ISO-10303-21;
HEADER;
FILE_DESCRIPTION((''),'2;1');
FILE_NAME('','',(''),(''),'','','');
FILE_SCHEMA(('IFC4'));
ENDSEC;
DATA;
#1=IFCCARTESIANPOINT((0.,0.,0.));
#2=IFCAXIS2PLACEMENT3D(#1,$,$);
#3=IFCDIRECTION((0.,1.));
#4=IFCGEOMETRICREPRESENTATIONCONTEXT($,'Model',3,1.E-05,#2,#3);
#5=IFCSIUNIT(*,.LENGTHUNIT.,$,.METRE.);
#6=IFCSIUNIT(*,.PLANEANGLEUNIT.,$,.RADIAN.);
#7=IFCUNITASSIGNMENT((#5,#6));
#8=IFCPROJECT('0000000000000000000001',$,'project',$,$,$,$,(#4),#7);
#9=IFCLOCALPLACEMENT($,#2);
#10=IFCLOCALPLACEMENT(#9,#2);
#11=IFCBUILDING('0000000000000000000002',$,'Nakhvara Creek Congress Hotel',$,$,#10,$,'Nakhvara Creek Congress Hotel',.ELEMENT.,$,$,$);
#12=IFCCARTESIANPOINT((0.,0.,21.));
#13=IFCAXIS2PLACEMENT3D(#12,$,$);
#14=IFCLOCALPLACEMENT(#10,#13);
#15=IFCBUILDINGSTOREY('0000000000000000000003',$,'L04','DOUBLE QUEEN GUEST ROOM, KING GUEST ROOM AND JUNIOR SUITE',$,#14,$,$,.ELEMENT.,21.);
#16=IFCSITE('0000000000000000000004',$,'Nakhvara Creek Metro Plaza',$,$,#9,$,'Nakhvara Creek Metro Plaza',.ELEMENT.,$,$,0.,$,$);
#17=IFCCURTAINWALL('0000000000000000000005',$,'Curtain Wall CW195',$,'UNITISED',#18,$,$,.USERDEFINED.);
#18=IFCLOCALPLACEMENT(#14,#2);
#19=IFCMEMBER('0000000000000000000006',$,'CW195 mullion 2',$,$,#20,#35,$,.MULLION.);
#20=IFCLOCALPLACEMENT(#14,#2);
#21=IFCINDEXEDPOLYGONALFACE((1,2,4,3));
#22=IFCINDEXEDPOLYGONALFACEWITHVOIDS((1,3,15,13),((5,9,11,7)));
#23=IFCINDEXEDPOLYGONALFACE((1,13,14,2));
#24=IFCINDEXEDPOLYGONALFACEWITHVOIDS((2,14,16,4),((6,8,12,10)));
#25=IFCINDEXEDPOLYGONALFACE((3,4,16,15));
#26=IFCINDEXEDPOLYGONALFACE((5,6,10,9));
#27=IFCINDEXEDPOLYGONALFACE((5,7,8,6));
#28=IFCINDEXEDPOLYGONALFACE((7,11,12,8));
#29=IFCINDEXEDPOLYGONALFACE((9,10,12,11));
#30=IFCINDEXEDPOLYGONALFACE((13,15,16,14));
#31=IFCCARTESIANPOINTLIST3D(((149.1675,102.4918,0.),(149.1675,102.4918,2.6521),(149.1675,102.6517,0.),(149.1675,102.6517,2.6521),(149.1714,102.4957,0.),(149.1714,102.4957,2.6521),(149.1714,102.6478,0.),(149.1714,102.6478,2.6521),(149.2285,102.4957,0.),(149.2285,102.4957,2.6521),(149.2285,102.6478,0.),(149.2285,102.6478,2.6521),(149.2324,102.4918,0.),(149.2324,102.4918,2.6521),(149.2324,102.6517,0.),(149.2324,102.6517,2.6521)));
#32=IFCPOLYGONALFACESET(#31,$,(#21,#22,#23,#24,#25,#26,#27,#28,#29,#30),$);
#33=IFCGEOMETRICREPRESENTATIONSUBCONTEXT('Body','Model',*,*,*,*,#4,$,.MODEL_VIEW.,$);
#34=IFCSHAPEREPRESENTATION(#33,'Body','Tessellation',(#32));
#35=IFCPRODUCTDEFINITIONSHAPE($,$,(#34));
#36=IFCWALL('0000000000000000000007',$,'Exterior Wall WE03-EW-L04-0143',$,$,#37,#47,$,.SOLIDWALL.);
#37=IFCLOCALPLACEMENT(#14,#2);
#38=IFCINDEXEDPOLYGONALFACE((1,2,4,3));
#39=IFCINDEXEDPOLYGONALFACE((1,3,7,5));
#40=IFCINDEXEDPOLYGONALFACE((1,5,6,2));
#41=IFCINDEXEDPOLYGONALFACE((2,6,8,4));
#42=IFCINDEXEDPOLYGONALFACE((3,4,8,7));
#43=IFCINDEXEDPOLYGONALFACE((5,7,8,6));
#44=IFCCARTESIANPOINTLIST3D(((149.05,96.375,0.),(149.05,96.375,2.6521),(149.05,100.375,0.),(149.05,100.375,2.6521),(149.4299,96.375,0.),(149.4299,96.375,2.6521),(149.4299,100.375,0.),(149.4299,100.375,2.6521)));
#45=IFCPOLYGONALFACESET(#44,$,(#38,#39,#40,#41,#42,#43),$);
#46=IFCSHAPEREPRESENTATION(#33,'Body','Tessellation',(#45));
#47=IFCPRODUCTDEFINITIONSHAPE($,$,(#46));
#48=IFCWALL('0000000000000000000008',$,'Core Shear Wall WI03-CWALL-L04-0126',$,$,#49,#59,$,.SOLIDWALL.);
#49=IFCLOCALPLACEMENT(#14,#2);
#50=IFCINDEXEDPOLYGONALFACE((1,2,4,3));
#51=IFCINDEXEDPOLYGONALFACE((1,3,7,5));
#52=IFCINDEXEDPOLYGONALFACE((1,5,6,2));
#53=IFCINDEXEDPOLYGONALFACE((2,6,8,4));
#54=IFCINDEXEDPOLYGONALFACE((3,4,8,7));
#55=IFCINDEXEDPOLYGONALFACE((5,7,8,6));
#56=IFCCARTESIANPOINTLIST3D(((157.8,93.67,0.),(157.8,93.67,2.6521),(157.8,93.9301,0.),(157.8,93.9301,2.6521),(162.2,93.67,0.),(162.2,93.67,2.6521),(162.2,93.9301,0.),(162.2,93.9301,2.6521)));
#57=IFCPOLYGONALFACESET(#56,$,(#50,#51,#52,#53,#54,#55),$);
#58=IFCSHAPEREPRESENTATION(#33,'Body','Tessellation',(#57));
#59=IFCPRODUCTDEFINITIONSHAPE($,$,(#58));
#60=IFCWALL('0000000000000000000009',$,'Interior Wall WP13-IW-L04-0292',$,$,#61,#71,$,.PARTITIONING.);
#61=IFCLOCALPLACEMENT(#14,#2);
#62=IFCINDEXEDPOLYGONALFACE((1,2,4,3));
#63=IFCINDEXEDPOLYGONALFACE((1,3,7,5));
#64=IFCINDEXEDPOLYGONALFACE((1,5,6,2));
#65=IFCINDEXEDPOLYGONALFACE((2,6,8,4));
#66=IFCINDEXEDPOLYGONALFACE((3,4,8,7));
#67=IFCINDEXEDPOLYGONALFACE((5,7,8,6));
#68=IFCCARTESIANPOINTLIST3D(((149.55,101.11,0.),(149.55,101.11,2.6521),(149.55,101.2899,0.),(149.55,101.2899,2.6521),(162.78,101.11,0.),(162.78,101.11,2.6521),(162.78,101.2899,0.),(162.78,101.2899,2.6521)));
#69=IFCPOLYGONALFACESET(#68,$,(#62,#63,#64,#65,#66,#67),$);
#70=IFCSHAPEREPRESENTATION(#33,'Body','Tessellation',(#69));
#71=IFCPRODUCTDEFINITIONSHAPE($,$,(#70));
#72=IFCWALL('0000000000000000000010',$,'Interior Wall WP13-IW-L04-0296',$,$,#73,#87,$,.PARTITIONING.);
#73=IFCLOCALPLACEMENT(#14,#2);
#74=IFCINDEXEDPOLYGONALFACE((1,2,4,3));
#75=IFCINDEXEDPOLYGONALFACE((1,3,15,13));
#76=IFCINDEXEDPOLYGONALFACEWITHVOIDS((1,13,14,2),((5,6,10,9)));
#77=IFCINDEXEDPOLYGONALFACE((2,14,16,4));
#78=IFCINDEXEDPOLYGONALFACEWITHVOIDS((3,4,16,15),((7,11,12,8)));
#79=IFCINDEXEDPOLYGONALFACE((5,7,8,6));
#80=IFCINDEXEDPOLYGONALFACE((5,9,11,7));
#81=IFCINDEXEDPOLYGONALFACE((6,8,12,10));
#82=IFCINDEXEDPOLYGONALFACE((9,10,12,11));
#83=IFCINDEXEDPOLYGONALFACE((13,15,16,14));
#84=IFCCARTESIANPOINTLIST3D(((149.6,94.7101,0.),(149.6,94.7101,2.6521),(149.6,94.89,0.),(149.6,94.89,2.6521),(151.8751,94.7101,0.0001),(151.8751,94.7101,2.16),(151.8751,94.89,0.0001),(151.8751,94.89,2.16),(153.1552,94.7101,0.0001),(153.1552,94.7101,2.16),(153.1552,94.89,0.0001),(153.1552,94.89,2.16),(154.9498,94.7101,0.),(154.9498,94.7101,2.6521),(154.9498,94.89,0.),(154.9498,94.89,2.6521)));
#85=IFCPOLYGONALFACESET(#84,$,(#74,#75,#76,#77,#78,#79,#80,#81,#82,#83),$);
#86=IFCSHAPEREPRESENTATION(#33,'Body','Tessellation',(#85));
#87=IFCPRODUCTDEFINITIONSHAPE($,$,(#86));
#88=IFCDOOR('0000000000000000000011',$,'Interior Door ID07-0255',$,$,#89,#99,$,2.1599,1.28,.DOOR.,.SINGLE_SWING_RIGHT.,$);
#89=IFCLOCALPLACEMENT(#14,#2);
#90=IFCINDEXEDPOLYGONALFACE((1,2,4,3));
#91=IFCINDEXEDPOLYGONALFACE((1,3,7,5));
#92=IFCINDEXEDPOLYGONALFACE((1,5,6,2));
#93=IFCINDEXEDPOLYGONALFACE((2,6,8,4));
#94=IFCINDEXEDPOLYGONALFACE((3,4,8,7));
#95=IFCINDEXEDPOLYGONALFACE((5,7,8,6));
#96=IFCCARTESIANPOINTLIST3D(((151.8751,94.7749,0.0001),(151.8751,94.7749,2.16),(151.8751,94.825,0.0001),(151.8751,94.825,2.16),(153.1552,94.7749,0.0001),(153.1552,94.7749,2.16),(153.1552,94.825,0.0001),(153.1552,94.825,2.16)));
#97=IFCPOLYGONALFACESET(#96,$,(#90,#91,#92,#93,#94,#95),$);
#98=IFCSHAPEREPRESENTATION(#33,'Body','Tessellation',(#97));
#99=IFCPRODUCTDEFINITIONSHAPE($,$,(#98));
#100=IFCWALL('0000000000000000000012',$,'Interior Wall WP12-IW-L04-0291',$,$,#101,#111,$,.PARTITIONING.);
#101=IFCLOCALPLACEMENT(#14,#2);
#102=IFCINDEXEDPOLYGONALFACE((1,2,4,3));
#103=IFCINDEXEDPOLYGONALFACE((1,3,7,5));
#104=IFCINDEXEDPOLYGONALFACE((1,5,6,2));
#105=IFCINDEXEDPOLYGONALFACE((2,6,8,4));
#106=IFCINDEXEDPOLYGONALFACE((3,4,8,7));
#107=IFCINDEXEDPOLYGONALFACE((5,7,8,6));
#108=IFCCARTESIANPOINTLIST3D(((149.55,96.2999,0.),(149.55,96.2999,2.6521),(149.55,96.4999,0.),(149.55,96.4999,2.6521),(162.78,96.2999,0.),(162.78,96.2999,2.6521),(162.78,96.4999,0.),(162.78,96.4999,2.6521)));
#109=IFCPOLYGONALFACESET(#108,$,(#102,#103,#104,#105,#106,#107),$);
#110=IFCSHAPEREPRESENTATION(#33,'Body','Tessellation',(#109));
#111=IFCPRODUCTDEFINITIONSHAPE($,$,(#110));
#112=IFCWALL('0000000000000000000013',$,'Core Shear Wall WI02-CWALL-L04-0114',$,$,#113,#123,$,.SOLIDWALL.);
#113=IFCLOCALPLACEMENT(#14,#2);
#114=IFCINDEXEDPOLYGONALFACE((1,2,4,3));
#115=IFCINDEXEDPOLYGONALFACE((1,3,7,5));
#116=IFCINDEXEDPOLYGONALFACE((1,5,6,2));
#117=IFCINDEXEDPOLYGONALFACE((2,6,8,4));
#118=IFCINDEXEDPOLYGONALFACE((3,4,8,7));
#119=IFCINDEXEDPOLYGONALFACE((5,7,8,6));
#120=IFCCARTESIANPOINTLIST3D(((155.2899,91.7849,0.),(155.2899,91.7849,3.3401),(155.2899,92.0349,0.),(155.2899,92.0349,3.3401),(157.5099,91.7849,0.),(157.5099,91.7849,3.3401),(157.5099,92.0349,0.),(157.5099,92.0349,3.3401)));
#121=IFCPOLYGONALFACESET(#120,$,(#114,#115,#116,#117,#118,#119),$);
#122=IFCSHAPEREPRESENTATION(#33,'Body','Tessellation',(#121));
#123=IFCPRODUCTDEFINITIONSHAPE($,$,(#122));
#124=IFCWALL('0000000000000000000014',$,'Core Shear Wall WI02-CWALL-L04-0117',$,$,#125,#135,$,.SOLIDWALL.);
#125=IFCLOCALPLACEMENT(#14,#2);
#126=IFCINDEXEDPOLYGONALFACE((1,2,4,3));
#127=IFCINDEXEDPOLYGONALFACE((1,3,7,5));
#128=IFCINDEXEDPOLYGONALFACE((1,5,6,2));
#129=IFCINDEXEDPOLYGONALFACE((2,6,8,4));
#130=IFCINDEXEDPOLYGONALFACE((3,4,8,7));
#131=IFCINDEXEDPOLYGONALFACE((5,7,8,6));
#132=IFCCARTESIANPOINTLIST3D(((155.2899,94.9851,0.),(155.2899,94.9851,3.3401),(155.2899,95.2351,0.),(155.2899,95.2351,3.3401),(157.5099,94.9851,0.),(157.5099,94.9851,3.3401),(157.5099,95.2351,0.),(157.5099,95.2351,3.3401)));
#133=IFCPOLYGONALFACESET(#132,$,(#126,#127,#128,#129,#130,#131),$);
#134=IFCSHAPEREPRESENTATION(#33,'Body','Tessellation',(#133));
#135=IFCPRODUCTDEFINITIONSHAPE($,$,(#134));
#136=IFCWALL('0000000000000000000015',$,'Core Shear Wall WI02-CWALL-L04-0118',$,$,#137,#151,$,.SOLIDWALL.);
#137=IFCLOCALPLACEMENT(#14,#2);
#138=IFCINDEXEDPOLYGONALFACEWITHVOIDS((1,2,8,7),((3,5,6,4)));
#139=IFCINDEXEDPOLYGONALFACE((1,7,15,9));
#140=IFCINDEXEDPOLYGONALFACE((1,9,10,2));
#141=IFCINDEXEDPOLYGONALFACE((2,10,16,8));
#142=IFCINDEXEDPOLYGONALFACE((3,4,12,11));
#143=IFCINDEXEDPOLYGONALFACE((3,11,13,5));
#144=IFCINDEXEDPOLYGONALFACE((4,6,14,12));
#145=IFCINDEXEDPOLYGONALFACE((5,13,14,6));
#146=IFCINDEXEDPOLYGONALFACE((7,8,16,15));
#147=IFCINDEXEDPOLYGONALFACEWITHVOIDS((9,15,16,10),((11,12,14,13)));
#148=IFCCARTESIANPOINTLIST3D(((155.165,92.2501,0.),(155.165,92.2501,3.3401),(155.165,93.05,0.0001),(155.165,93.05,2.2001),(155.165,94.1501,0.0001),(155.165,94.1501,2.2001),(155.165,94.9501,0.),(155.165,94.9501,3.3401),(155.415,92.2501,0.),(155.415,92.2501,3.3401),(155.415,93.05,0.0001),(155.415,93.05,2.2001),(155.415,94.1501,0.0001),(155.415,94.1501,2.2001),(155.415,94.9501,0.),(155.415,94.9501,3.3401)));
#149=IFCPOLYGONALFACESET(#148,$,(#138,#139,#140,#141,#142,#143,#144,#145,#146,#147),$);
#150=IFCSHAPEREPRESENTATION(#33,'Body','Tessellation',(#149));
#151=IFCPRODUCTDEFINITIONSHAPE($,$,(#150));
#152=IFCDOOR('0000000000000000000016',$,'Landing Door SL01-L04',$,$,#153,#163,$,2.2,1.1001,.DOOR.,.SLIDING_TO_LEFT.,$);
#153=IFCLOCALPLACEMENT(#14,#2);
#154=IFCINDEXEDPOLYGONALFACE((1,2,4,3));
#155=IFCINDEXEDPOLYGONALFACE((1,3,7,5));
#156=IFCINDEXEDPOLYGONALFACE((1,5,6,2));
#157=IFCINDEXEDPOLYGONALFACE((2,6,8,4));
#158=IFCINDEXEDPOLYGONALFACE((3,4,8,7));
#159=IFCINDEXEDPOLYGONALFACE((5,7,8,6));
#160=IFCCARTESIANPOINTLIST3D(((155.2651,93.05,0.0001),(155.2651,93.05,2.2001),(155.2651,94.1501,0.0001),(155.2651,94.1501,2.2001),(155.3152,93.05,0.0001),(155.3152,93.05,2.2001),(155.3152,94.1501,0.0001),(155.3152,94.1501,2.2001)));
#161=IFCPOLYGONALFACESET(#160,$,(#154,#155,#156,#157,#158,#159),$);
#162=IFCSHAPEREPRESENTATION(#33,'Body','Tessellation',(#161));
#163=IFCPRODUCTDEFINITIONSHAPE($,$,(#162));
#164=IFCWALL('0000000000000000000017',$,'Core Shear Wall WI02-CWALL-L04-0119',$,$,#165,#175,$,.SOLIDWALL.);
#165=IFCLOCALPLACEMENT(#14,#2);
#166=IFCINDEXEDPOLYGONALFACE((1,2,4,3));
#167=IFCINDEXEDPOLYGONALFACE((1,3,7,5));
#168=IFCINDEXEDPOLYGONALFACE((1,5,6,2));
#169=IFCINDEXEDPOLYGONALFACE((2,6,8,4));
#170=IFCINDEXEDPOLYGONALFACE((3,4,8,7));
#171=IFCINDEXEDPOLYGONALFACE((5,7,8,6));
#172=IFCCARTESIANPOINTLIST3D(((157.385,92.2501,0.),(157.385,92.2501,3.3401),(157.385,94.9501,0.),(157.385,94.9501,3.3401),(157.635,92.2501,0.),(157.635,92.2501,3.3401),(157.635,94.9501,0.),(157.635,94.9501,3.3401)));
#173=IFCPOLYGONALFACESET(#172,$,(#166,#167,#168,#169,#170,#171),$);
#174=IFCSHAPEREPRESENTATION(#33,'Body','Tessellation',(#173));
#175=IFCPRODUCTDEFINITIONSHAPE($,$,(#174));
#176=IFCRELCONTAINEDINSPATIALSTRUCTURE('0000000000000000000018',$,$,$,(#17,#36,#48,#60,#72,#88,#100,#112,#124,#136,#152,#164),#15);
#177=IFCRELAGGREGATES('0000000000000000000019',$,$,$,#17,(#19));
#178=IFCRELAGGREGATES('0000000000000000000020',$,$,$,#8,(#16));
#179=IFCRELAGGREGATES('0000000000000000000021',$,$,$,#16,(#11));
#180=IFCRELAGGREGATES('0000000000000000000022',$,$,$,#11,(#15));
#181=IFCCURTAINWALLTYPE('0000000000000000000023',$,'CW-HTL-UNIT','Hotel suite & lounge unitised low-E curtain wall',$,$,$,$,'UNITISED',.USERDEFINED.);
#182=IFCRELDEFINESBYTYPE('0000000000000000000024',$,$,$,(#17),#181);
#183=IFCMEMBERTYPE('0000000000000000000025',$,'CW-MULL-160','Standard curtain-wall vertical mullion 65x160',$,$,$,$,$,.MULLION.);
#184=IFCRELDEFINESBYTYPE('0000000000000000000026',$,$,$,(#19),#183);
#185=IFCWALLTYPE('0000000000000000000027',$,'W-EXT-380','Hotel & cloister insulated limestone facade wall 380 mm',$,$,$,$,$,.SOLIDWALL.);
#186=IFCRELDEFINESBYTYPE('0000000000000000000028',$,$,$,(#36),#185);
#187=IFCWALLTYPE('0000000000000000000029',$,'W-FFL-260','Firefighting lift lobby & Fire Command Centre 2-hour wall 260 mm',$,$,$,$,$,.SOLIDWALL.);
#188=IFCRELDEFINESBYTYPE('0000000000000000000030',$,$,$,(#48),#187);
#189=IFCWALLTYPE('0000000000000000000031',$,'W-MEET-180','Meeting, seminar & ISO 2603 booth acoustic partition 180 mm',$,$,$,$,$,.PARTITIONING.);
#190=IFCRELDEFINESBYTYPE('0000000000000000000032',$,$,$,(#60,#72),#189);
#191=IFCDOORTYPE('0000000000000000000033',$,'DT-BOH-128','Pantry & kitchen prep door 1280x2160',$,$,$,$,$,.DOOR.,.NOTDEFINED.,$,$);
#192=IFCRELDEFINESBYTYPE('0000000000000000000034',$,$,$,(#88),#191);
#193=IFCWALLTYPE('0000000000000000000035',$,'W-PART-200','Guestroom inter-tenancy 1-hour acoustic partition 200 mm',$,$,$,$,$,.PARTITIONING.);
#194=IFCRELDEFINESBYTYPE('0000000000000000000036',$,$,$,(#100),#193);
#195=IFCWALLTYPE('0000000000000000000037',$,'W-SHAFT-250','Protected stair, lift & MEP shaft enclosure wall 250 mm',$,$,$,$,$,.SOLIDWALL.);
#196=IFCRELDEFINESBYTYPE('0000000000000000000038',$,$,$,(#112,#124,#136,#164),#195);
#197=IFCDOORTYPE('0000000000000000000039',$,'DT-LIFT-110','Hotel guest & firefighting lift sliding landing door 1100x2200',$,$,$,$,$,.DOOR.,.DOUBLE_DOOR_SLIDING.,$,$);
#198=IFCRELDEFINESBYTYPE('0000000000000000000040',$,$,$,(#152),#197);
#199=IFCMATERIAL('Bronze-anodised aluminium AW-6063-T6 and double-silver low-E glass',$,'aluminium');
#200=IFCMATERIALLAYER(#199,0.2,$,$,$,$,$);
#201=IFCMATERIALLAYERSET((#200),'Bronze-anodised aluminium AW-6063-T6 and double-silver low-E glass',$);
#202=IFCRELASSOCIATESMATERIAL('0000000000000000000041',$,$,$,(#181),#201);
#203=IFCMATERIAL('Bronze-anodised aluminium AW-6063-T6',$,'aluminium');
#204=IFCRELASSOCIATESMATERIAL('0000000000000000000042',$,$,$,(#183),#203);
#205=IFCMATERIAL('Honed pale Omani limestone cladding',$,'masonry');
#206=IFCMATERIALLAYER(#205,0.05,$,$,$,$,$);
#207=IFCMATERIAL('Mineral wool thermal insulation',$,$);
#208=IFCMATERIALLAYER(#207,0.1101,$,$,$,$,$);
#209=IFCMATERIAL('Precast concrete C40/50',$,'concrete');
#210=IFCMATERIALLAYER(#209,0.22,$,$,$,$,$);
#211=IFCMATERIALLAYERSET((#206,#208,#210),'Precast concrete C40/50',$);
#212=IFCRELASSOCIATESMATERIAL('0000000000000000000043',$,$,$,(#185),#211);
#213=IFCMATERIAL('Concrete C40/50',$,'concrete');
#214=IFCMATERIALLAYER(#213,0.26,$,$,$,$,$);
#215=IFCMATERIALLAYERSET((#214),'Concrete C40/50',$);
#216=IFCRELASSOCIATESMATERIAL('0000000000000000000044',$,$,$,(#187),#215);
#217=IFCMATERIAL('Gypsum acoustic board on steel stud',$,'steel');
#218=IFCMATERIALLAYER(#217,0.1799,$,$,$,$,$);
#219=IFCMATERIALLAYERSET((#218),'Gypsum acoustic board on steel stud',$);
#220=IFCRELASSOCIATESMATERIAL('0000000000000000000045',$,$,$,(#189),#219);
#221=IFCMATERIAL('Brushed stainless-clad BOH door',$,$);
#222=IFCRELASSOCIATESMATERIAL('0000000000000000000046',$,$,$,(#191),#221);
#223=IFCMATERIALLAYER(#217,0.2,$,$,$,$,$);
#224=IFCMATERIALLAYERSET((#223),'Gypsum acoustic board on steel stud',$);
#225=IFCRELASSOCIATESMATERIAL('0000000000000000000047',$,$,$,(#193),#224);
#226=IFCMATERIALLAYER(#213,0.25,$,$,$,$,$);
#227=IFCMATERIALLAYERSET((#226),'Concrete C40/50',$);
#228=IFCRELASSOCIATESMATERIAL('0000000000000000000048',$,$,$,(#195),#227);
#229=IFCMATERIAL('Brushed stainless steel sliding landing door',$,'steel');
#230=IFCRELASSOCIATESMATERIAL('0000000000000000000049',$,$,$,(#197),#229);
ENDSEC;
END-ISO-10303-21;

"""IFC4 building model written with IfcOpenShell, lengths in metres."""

from ifc_helpers import new_model, si_unit, direction, frame, frame_2d, origin, origin_2d, place, context, subcontext, project, spatial, rectangle, hollow_rectangle, extrude, material, layer, layer_set, material_profile, profile_set, type_object, element, fill, aggregate, save


model = new_model("IFC4")

# Units and contexts
model_context = context("Model", 3, precision=1e-05, world=origin(), true_north=direction((0.0, 1.0)))
body_context = subcontext(model_context, "Body", "Model", "MODEL_VIEW")
ifc_project = project(units=[si_unit("LENGTHUNIT", "METRE"), si_unit("PLANEANGLEUNIT", "RADIAN")], contexts=[model_context])

# Site, building, storey
site_placement = place(None, origin())
site = spatial("IfcSite", under=ifc_project, at=site_placement, Name="Nakhvara Creek Metro Plaza", LongName="Nakhvara Creek Metro Plaza", CompositionType="ELEMENT", RefElevation=0.0)
building_placement = place(site_placement, origin())
building = spatial("IfcBuilding", under=site, at=building_placement, Name="Nakhvara Creek Congress Hotel", LongName="Nakhvara Creek Congress Hotel", CompositionType="ELEMENT")
storey_placement = place(building_placement, frame((0.0, 0.0, 21.0)))
storey = spatial("IfcBuildingStorey", under=building, at=storey_placement, Name="L04", Description="DOUBLE QUEEN GUEST ROOM, KING GUEST ROOM AND JUNIOR SUITE", CompositionType="ELEMENT", Elevation=21.0)

# Shared definitions
ifc_material_1 = material(Name="Concrete C40/50", Category="concrete")

# Curtain wall, member
ifc_material_2 = material(Name="Bronze-anodised aluminium AW-6063-T6 and double-silver low-E glass", Category="aluminium")
ifc_layer_1 = layer(ifc_material_2, 0.2)
ifc_layer_set_1 = layer_set([ifc_layer_1], Name="Bronze-anodised aluminium AW-6063-T6 and double-silver low-E glass")
curtain_wall_type = type_object("IfcCurtainWallType", Name="CW-HTL-UNIT", Description="Hotel suite & lounge unitised low-E curtain wall", ElementType="UNITISED", PredefinedType="USERDEFINED", material=ifc_layer_set_1)
curtain_wall_placement = place(storey_placement, origin())
curtain_wall = element("IfcCurtainWall", 1, at=curtain_wall_placement, inside=storey, type_object=curtain_wall_type, Name="Curtain Wall CW195", ObjectType="UNITISED", PredefinedType="USERDEFINED")
ifc_material_3 = material(Name="Bronze-anodised aluminium AW-6063-T6", Category="aluminium")
ifc_material_profile_1 = material_profile(ifc_material_3, hollow_rectangle(XDim=0.0649, YDim=0.1599, WallThickness=0.0039, at=origin_2d()), Name="ALU-MULL 65x160x4", Category="LoadBearing")
ifc_profile_set_1 = profile_set([ifc_material_profile_1], Name="Bronze-anodised aluminium AW-6063-T6")
member_type = type_object("IfcMemberType", Name="CW-MULL-160", Description="Standard curtain-wall vertical mullion 65x160", PredefinedType="MULLION", material=ifc_profile_set_1)
member_placement = place(storey_placement, frame((149.2, 102.5718, 0.0), z_axis=(0.0, 0.0, 1.0), x_axis=(-1.0, 0.0, 0.0)))
member = element("IfcMember", 2, at=member_placement, type_object=member_type, Name="CW195 mullion 2", PredefinedType="MULLION", context=body_context, shape_type="SweptSolid", body=[
    extrude(hollow_rectangle(XDim=0.0649, YDim=0.1599, WallThickness=0.0039, at=origin_2d()), origin(), (0.0, 0.0, 1.0), 2.6521),
])
aggregate(curtain_wall, [member])

# Walls
ifc_material_4 = material(Name="Honed pale Omani limestone cladding", Category="masonry")
ifc_layer_2 = layer(ifc_material_4, 0.05)
ifc_material_5 = material(Name="Mineral wool thermal insulation")
ifc_layer_3 = layer(ifc_material_5, 0.1101)
ifc_material_6 = material(Name="Precast concrete C40/50", Category="concrete")
ifc_layer_4 = layer(ifc_material_6, 0.22)
ifc_layer_set_2 = layer_set([ifc_layer_2, ifc_layer_3, ifc_layer_4], Name="Precast concrete C40/50")
wall_type_1 = type_object("IfcWallType", Name="W-EXT-380", Description="Hotel & cloister insulated limestone facade wall 380 mm", PredefinedType="SOLIDWALL", material=ifc_layer_set_2)
wall_1_placement = place(storey_placement, frame((149.24, 96.375, 0.0), z_axis=(0.0, 0.0, 1.0), x_axis=(0.0, 1.0, 0.0)))
element("IfcWall", 3, at=wall_1_placement, inside=storey, type_object=wall_type_1, Name="Exterior Wall WE03-EW-L04-0143", PredefinedType="SOLIDWALL", context=body_context, shape_type="SweptSolid", body=[
    extrude(rectangle(XDim=4.0, YDim=0.3799, at=frame_2d((2.0, 0.0))), origin(), (0.0, 0.0, 1.0), 2.6521),
])
ifc_layer_5 = layer(ifc_material_1, 0.26)
ifc_layer_set_3 = layer_set([ifc_layer_5], Name="Concrete C40/50")
wall_type_2 = type_object("IfcWallType", Name="W-FFL-260", Description="Firefighting lift lobby & Fire Command Centre 2-hour wall 260 mm", PredefinedType="SOLIDWALL", material=ifc_layer_set_3)
wall_2_placement = place(storey_placement, frame((157.8, 93.8, 0.0), z_axis=(0.0, 0.0, 1.0), x_axis=(1.0, 0.0, 0.0)))
element("IfcWall", 4, at=wall_2_placement, inside=storey, type_object=wall_type_2, Name="Core Shear Wall WI03-CWALL-L04-0126", PredefinedType="SOLIDWALL", context=body_context, shape_type="SweptSolid", body=[
    extrude(rectangle(XDim=4.3999, YDim=0.26, at=frame_2d((2.2, 0.0))), origin(), (0.0, 0.0, 1.0), 2.6521),
])
ifc_material_7 = material(Name="Gypsum acoustic board on steel stud", Category="steel")
ifc_layer_6 = layer(ifc_material_7, 0.1799)
ifc_layer_set_4 = layer_set([ifc_layer_6], Name="Gypsum acoustic board on steel stud")
wall_type_3 = type_object("IfcWallType", Name="W-MEET-180", Description="Meeting, seminar & ISO 2603 booth acoustic partition 180 mm", PredefinedType="PARTITIONING", material=ifc_layer_set_4)
wall_3_placement = place(storey_placement, frame((149.55, 101.2, 0.0), z_axis=(0.0, 0.0, 1.0), x_axis=(1.0, 0.0, 0.0)))
element("IfcWall", 5, at=wall_3_placement, inside=storey, type_object=wall_type_3, Name="Interior Wall WP13-IW-L04-0292", PredefinedType="PARTITIONING", context=body_context, shape_type="SweptSolid", body=[
    extrude(rectangle(XDim=13.23, YDim=0.1799, at=frame_2d((6.615, 0.0))), origin(), (0.0, 0.0, 1.0), 2.6521),
])

# Wall, opening, door
wall_4_placement = place(storey_placement, frame((149.6001, 94.8, 0.0), z_axis=(0.0, 0.0, 1.0), x_axis=(1.0, 0.0, 0.0)))
wall_4 = element("IfcWall", 6, at=wall_4_placement, inside=storey, type_object=wall_type_3, Name="Interior Wall WP13-IW-L04-0296", PredefinedType="PARTITIONING", context=body_context, shape_type="SweptSolid", body=[
    extrude(rectangle(XDim=5.3499, YDim=0.1799, at=frame_2d((2.6748, 0.0))), origin(), (0.0, 0.0, 1.0), 2.6521),
])
opening_1_placement = place(wall_4_placement, frame((2.2749, 0.0, 0.0)))
opening_1 = element("IfcOpeningElement", 7, at=opening_1_placement, cuts=wall_4, PredefinedType="OPENING", context=body_context, shape_type="SweptSolid", body=[
    extrude(rectangle(XDim=1.28, YDim=2.1599, at=frame_2d((0.6401, 1.0801))), frame((0.0, 0.1021, 0.0), z_axis=(0.0, -1.0, 0.0), x_axis=(1.0, 0.0, 0.0)), (0.0, 0.0, 1.0), 0.2039),
])
ifc_material_8 = material(Name="Brushed stainless-clad BOH door")
door_type_1 = type_object("IfcDoorType", Name="DT-BOH-128", Description="Pantry & kitchen prep door 1280x2160", OperationType="NOTDEFINED", PredefinedType="DOOR", material=ifc_material_8)
door_1_placement = place(opening_1_placement, origin())
door_1 = element("IfcDoor", 8, at=door_1_placement, inside=storey, type_object=door_type_1, Name="Interior Door ID07-0255", OperationType="SINGLE_SWING_RIGHT", OverallHeight=2.1599, OverallWidth=1.28, PredefinedType="DOOR", context=body_context, shape_type="SweptSolid", body=[
    extrude(rectangle(XDim=1.28, YDim=2.1599, at=frame_2d((0.6401, 1.0801))), frame((0.0, 0.0249, 0.0), z_axis=(0.0, -1.0, 0.0), x_axis=(1.0, 0.0, 0.0)), (0.0, 0.0, 1.0), 0.05),
])
fill(opening_1, door_1)

# Walls
ifc_layer_7 = layer(ifc_material_7, 0.2)
ifc_layer_set_5 = layer_set([ifc_layer_7], Name="Gypsum acoustic board on steel stud")
wall_type_4 = type_object("IfcWallType", Name="W-PART-200", Description="Guestroom inter-tenancy 1-hour acoustic partition 200 mm", PredefinedType="PARTITIONING", material=ifc_layer_set_5)
wall_5_placement = place(storey_placement, frame((149.55, 96.3999, 0.0), z_axis=(0.0, 0.0, 1.0), x_axis=(1.0, 0.0, 0.0)))
element("IfcWall", 9, at=wall_5_placement, inside=storey, type_object=wall_type_4, Name="Interior Wall WP12-IW-L04-0291", PredefinedType="PARTITIONING", context=body_context, shape_type="SweptSolid", body=[
    extrude(rectangle(XDim=13.23, YDim=0.2, at=frame_2d((6.615, 0.0))), origin(), (0.0, 0.0, 1.0), 2.6521),
])
ifc_layer_8 = layer(ifc_material_1, 0.25)
ifc_layer_set_6 = layer_set([ifc_layer_8], Name="Concrete C40/50")
wall_type_5 = type_object("IfcWallType", Name="W-SHAFT-250", Description="Protected stair, lift & MEP shaft enclosure wall 250 mm", PredefinedType="SOLIDWALL", material=ifc_layer_set_6)
for number, where, z_axis, x_axis, name in (
    (10, (155.29, 91.9099, 0.0), (0.0, 0.0, 1.0), (1.0, 0.0, 0.0), "Core Shear Wall WI02-CWALL-L04-0114"),
    (11, (155.29, 95.1101, 0.0), (0.0, 0.0, 1.0), (1.0, 0.0, 0.0), "Core Shear Wall WI02-CWALL-L04-0117"),
):
    element("IfcWall", number, at=place(storey_placement, frame(where, z_axis=z_axis, x_axis=x_axis)), inside=storey, type_object=wall_type_5, Name=name, PredefinedType="SOLIDWALL", context=body_context, shape_type="SweptSolid", body=[
        extrude(rectangle(XDim=2.22, YDim=0.25, at=frame_2d((1.1099, 0.0))), origin(), (0.0, 0.0, 1.0), 3.3401),
    ])

# Wall, opening, door
wall_6_placement = place(storey_placement, frame((155.29, 92.25, 0.0), z_axis=(0.0, 0.0, 1.0), x_axis=(0.0, 1.0, 0.0)))
wall_6 = element("IfcWall", 12, at=wall_6_placement, inside=storey, type_object=wall_type_5, Name="Core Shear Wall WI02-CWALL-L04-0118", PredefinedType="SOLIDWALL", context=body_context, shape_type="SweptSolid", body=[
    extrude(rectangle(XDim=2.7, YDim=0.25, at=frame_2d((1.3501, 0.0))), origin(), (0.0, 0.0, 1.0), 3.3401),
])
opening_2_placement = place(wall_6_placement, frame((0.8, 0.0, 0.0)))
opening_2 = element("IfcOpeningElement", 13, at=opening_2_placement, cuts=wall_6, PredefinedType="OPENING", context=body_context, shape_type="SweptSolid", body=[
    extrude(rectangle(XDim=1.1001, YDim=2.2, at=frame_2d((0.55, 1.1001))), frame((0.0, 0.137, 0.0), z_axis=(0.0, -1.0, 0.0), x_axis=(1.0, 0.0, 0.0)), (0.0, 0.0, 1.0), 0.2739),
])
ifc_material_9 = material(Name="Brushed stainless steel sliding landing door", Category="steel")
door_type_2 = type_object("IfcDoorType", Name="DT-LIFT-110", Description="Hotel guest & firefighting lift sliding landing door 1100x2200", OperationType="DOUBLE_DOOR_SLIDING", PredefinedType="DOOR", material=ifc_material_9)
door_2_placement = place(opening_2_placement, origin())
door_2 = element("IfcDoor", 14, at=door_2_placement, inside=storey, type_object=door_type_2, Name="Landing Door SL01-L04", OperationType="SLIDING_TO_LEFT", OverallHeight=2.2, OverallWidth=1.1001, PredefinedType="DOOR", context=body_context, shape_type="SweptSolid", body=[
    extrude(rectangle(XDim=1.1001, YDim=2.2, at=frame_2d((0.55, 1.1001))), frame((0.0, 0.0249, 0.0), z_axis=(0.0, -1.0, 0.0), x_axis=(1.0, 0.0, 0.0)), (0.0, 0.0, 1.0), 0.05),
])
fill(opening_2, door_2)

# Wall
wall_7_placement = place(storey_placement, frame((157.51, 92.25, 0.0), z_axis=(0.0, 0.0, 1.0), x_axis=(0.0, 1.0, 0.0)))
element("IfcWall", 15, at=wall_7_placement, inside=storey, type_object=wall_type_5, Name="Core Shear Wall WI02-CWALL-L04-0119", PredefinedType="SOLIDWALL", context=body_context, shape_type="SweptSolid", body=[
    extrude(rectangle(XDim=2.7, YDim=0.25, at=frame_2d((1.3501, 0.0))), origin(), (0.0, 0.0, 1.0), 3.3401),
])

save(model, "model.ifc")
